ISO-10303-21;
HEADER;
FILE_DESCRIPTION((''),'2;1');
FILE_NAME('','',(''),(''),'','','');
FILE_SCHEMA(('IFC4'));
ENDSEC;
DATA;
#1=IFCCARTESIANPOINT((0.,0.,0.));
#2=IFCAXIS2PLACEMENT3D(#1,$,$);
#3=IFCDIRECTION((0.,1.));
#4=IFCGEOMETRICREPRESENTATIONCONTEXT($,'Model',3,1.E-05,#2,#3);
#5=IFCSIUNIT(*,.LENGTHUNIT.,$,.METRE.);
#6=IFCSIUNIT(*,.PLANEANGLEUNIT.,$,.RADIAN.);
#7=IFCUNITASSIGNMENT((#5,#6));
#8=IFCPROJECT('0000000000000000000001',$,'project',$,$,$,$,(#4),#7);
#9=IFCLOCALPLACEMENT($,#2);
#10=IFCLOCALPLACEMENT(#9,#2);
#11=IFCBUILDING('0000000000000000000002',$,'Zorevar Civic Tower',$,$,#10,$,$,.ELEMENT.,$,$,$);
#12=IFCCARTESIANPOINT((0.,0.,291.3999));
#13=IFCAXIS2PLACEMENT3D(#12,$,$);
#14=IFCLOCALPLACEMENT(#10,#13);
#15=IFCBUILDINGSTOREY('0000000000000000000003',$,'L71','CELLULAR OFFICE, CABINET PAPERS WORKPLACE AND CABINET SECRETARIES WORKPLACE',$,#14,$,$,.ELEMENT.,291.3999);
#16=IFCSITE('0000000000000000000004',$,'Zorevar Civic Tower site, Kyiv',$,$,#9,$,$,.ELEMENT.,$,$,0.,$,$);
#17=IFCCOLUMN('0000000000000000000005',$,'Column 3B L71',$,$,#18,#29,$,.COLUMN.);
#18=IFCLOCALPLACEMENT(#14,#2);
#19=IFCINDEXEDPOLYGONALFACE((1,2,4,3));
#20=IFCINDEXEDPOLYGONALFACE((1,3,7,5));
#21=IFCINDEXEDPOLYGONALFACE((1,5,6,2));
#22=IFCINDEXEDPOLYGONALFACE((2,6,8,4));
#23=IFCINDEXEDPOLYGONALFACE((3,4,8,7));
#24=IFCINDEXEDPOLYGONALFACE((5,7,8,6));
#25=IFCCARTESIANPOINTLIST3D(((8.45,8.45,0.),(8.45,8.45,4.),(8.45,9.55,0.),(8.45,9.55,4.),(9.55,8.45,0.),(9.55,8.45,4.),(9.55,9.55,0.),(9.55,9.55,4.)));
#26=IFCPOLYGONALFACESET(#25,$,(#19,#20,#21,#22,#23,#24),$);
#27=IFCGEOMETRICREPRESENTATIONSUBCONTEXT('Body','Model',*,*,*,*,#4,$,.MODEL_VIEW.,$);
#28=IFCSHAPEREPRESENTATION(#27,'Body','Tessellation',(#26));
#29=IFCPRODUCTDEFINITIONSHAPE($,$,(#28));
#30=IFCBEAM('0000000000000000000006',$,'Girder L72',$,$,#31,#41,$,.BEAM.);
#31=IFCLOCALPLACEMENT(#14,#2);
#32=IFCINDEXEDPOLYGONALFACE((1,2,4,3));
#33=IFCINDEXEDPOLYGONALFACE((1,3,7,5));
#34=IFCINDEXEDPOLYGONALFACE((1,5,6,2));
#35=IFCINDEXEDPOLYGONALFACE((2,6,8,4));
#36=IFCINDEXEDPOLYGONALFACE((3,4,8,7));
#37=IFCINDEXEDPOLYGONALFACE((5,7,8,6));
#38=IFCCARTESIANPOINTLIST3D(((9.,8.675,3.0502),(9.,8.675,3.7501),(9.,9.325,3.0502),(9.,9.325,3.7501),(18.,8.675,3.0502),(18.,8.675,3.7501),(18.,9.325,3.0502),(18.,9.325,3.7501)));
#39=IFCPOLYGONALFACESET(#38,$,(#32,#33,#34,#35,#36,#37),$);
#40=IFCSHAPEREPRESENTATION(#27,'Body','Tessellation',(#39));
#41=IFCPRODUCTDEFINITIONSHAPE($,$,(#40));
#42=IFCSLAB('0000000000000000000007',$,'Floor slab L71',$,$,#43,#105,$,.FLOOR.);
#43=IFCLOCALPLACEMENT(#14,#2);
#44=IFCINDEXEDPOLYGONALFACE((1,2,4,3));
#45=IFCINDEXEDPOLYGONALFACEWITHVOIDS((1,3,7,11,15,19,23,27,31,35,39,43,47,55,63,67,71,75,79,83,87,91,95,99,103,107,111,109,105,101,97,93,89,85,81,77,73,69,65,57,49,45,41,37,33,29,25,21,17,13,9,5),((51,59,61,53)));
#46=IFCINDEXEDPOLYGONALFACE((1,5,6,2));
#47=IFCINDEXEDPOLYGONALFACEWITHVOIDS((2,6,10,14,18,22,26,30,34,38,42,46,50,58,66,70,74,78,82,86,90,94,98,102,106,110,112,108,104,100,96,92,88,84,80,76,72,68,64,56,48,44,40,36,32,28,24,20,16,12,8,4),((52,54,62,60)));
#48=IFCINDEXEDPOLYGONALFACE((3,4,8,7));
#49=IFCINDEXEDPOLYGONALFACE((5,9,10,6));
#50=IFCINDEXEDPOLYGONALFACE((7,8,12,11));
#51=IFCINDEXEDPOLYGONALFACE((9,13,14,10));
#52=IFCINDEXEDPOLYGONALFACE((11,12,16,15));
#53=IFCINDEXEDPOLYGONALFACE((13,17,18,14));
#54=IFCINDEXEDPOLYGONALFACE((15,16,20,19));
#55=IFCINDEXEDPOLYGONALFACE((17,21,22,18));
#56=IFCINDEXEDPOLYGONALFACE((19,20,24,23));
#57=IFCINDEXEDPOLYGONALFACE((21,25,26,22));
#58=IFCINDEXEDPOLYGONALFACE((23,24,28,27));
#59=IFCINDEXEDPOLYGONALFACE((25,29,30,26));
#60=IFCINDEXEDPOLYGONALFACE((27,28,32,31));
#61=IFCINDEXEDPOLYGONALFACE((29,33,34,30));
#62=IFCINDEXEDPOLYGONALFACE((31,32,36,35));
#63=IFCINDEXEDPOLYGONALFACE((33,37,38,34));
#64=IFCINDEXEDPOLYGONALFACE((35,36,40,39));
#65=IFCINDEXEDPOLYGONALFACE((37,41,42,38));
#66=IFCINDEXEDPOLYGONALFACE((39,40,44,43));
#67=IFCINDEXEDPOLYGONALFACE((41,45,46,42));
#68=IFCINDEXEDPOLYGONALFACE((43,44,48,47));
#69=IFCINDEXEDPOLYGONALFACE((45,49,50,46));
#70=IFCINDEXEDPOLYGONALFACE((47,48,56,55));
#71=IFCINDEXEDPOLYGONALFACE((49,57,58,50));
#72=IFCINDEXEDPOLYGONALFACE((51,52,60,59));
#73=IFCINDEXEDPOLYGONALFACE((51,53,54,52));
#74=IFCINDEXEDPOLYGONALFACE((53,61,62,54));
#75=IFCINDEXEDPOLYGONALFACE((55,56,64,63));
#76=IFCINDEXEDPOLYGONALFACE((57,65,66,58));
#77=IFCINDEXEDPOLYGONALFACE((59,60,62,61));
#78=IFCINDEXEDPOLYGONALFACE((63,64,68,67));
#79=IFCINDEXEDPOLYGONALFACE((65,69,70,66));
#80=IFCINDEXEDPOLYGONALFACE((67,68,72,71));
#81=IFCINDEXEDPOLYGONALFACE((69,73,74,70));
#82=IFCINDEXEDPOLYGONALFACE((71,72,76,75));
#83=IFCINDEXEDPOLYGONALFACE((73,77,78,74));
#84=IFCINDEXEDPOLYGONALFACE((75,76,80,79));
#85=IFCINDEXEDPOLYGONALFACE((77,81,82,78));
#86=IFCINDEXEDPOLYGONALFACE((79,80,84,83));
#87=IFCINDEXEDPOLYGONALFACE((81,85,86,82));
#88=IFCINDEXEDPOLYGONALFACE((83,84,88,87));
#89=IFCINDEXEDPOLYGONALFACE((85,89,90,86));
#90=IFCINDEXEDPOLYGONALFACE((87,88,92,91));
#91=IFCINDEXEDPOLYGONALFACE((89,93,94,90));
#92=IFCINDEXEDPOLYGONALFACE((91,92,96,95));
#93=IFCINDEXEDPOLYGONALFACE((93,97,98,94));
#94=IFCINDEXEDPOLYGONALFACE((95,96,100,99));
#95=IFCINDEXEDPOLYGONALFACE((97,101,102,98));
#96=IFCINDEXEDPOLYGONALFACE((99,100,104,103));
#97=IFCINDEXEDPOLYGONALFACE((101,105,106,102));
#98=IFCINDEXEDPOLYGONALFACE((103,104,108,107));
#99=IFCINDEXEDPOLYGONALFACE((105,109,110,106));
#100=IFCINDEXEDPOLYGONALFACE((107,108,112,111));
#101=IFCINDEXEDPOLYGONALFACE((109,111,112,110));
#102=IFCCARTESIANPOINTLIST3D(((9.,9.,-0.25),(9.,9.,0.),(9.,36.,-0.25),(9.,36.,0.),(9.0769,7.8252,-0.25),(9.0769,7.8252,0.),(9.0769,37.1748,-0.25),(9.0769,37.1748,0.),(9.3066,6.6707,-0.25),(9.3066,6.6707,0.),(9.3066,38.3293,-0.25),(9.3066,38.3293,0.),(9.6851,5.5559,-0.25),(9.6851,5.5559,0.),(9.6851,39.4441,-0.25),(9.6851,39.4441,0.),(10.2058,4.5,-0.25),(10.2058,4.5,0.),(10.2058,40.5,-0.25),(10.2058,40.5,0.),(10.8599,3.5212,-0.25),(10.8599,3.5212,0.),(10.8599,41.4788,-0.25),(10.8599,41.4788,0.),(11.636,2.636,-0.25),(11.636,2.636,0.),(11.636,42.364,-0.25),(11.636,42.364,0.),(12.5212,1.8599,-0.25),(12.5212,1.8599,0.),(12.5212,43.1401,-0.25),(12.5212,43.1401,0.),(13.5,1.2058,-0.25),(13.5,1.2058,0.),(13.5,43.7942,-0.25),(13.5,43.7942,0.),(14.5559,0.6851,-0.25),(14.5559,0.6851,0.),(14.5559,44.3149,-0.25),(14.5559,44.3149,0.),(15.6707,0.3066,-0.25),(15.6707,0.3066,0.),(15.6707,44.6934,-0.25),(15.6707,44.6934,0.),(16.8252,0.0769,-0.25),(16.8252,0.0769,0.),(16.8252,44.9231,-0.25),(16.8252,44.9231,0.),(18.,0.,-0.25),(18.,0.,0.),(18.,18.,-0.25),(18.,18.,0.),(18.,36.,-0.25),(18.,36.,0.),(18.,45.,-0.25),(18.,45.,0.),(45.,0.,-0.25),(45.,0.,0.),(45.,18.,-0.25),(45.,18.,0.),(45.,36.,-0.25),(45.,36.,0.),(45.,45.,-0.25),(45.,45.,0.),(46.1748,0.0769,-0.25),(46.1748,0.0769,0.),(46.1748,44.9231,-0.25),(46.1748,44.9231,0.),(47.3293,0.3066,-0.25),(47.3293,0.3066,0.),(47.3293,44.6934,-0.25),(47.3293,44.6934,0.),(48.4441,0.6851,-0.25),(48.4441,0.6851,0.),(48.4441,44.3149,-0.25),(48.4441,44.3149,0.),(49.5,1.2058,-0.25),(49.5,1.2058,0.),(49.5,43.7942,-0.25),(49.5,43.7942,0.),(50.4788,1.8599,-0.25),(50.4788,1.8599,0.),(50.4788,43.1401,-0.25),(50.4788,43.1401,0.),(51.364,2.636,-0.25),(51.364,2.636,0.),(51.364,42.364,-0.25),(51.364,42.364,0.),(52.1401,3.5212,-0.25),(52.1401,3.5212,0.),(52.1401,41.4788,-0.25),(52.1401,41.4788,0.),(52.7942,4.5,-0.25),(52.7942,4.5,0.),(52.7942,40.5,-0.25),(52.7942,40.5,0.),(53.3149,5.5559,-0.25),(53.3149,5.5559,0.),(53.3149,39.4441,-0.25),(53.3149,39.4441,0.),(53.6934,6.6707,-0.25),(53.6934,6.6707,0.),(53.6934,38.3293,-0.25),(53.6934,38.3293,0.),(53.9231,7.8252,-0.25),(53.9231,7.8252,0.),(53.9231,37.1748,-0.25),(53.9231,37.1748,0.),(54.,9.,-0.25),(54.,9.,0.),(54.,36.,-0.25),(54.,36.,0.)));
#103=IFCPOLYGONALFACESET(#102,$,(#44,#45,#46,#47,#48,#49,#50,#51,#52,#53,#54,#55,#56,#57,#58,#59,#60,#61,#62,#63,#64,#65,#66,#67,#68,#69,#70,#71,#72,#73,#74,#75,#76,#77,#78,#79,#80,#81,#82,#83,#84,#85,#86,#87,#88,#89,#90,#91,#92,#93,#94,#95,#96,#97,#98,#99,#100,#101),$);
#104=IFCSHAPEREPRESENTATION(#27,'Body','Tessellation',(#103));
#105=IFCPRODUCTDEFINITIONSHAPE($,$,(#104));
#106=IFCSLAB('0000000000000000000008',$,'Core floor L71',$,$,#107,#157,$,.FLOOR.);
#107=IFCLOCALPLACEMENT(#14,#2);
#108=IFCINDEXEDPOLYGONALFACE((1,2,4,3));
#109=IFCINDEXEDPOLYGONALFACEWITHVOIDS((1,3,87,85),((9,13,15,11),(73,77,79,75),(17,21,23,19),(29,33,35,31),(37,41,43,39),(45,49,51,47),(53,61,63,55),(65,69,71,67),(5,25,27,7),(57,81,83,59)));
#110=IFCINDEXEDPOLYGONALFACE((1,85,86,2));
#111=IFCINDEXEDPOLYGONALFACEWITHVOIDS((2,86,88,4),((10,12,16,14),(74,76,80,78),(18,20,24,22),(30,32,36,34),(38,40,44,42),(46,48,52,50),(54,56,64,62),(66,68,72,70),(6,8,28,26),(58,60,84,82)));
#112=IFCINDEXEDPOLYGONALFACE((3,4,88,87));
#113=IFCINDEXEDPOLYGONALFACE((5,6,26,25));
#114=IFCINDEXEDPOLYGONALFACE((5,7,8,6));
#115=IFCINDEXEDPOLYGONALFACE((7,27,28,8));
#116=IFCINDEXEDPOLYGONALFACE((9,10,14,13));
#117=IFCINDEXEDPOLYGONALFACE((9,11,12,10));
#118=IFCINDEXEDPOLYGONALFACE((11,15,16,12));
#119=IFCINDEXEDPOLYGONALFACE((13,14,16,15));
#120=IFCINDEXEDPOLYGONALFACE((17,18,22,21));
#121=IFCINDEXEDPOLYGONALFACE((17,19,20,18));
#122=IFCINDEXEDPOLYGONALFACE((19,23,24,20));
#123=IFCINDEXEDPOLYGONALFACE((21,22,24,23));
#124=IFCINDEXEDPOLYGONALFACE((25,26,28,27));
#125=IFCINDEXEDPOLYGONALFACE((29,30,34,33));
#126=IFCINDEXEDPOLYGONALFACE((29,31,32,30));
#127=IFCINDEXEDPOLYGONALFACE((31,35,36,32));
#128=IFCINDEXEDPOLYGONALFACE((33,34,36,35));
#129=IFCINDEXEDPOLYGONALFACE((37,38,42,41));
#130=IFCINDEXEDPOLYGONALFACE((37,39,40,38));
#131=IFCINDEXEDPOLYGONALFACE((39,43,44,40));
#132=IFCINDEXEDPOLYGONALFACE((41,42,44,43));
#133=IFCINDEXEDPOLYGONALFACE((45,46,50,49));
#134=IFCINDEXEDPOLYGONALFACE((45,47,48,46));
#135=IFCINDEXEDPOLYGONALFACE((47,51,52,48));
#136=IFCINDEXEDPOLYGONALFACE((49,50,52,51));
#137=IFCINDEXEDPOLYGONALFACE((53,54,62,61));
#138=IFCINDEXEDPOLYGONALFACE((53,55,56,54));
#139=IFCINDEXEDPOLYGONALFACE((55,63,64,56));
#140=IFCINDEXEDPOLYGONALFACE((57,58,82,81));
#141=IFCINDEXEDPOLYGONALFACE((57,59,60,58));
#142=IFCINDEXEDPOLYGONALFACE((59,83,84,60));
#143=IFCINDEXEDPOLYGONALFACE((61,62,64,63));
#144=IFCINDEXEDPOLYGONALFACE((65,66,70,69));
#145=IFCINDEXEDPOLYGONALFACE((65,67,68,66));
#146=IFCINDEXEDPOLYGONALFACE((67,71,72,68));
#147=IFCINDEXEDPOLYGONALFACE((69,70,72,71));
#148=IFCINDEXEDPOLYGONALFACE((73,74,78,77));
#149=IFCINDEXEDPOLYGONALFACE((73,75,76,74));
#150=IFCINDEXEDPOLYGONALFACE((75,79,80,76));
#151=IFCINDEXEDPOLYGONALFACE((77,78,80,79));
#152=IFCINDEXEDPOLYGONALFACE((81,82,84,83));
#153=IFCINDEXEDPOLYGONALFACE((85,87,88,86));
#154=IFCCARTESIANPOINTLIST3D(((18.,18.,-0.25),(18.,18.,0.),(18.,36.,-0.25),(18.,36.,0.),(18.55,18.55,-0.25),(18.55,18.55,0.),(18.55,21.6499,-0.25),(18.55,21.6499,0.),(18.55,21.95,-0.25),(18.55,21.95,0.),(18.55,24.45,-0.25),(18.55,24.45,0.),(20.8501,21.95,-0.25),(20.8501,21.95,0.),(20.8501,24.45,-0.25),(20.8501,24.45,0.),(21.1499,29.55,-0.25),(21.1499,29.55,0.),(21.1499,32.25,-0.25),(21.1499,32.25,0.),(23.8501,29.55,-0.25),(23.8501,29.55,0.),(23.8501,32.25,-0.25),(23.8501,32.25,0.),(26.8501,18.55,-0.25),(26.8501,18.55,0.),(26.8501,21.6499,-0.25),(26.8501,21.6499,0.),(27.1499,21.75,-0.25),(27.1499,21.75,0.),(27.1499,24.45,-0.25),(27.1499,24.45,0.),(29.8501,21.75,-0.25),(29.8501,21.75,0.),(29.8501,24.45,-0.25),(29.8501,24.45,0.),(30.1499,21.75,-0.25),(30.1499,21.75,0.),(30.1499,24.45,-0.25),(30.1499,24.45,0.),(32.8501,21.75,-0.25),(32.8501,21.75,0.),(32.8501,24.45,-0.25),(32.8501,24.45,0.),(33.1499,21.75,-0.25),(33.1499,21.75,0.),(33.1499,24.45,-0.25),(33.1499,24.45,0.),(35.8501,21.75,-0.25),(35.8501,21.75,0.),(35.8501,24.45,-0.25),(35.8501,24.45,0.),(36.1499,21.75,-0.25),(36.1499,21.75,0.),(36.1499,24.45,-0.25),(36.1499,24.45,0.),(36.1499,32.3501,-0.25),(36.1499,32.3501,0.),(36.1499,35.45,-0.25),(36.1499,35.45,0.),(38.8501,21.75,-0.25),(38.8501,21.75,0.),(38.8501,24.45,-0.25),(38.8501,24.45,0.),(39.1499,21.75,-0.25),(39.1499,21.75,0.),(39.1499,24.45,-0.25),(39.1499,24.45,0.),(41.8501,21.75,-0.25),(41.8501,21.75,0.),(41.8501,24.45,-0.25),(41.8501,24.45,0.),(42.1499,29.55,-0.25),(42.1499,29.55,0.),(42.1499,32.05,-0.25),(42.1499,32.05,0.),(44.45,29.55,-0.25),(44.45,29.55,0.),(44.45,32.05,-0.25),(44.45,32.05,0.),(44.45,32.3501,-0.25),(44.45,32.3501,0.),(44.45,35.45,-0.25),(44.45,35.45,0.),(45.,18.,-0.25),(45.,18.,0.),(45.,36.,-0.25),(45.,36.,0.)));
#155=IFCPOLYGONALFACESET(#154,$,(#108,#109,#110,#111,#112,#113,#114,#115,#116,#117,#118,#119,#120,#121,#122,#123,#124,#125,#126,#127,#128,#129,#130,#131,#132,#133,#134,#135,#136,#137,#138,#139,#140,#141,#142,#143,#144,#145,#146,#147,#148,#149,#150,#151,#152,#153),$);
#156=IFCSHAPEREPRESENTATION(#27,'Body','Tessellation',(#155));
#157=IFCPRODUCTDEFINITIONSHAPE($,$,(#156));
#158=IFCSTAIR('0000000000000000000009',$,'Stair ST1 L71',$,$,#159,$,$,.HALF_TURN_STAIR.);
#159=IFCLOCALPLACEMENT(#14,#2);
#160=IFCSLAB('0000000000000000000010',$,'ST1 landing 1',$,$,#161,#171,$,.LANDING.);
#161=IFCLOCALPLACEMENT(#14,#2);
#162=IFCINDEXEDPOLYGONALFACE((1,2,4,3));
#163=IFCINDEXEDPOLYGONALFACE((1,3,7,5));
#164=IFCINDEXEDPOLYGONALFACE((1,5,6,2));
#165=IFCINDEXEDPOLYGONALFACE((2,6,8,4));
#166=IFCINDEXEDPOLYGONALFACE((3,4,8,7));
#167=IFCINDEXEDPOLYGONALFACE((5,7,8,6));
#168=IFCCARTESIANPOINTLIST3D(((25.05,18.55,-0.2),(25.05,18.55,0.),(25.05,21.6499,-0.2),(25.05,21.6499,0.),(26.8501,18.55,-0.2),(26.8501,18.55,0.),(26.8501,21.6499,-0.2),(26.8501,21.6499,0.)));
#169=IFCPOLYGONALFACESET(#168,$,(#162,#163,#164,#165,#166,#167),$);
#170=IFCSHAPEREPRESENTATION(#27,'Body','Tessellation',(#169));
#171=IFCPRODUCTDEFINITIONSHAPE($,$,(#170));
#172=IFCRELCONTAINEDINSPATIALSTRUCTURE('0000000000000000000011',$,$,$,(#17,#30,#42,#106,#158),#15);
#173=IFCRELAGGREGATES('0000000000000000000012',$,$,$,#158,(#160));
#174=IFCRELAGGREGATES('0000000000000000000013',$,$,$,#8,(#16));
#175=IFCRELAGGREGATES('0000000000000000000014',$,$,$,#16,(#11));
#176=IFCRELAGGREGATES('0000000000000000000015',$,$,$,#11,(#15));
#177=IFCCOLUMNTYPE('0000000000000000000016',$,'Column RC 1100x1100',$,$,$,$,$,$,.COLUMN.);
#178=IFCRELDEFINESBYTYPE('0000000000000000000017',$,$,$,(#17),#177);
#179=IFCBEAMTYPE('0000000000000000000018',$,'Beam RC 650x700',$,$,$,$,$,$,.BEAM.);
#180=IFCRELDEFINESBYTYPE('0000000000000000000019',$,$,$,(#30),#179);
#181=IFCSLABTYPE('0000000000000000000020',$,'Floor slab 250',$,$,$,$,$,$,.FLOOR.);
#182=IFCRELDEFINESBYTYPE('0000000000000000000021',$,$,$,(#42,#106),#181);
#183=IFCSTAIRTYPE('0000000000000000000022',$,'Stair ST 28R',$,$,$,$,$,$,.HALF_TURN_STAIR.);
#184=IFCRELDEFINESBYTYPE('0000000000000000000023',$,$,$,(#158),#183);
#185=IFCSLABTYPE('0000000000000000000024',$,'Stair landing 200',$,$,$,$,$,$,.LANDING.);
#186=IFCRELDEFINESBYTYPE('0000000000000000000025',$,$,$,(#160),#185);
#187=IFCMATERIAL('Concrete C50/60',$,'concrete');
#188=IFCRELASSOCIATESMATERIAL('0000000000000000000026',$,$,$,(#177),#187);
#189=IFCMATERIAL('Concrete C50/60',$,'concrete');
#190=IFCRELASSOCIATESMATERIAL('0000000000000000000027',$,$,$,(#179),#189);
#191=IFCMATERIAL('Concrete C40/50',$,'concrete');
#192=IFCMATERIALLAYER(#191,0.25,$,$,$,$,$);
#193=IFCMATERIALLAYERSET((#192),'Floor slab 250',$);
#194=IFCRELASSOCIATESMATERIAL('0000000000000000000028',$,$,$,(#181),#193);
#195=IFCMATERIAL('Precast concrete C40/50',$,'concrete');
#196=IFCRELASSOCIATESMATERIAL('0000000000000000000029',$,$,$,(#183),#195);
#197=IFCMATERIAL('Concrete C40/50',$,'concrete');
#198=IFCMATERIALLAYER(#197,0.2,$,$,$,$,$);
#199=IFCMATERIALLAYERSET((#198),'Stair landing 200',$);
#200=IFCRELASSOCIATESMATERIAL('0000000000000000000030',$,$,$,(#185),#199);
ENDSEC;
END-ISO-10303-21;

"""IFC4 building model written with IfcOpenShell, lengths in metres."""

from ifc_helpers import new_model, si_unit, direction, frame, origin, origin_2d, place, context, subcontext, project, spatial, polyline, rectangle, outline, extrude, material, layer, layer_set, material_profile, profile_set, type_object, element, aggregate, save


model = new_model("IFC4")

# Units and contexts
model_context = context("Model", 3, precision=1e-05, world=origin(), true_north=direction((0.0, 1.0)))
body_context = subcontext(model_context, "Body", "Model", "MODEL_VIEW")
ifc_project = project(units=[si_unit("LENGTHUNIT", "METRE"), si_unit("PLANEANGLEUNIT", "RADIAN")], contexts=[model_context])

# Site, building, storey
site_placement = place(None, origin())
site = spatial("IfcSite", under=ifc_project, at=site_placement, Name="Zorevar Civic Tower site, Kyiv", CompositionType="ELEMENT", RefElevation=0.0)
building_placement = place(site_placement, origin())
building = spatial("IfcBuilding", under=site, at=building_placement, Name="Zorevar Civic Tower", CompositionType="ELEMENT")
storey_placement = place(building_placement, frame((0.0, 0.0, 291.3999)))
storey = spatial("IfcBuildingStorey", under=building, at=storey_placement, Name="L71", Description="CELLULAR OFFICE, CABINET PAPERS WORKPLACE AND CABINET SECRETARIES WORKPLACE", CompositionType="ELEMENT", Elevation=291.3999)

# Column
ifc_material_1 = material(Name="Concrete C50/60", Category="concrete")
ifc_material_profile_1 = material_profile(ifc_material_1, rectangle(XDim=1.1001, YDim=1.1001, at=origin_2d()), Name="RC 1100x1100")
ifc_profile_set_1 = profile_set([ifc_material_profile_1], Name="Concrete C50/60")
column_type = type_object("IfcColumnType", Name="Column RC 1100x1100", PredefinedType="COLUMN", material=ifc_profile_set_1)
column_placement = place(storey_placement, frame((9.0, 9.0, 0.0), z_axis=(0.0, 0.0, 1.0), x_axis=(1.0, 0.0, 0.0)))
element("IfcColumn", 1, at=column_placement, inside=storey, type_object=column_type, Name="Column 3B L71", PredefinedType="COLUMN", context=body_context, shape_type="SweptSolid", body=[
    extrude(rectangle(XDim=1.1001, YDim=1.1001, at=origin_2d()), origin(), (0.0, 0.0, 1.0), 4.0),
])

# Beam
ifc_material_2 = material(Name="Concrete C50/60", Category="concrete")
ifc_material_profile_2 = material_profile(ifc_material_2, rectangle(XDim=0.6499, YDim=0.7, at=origin_2d()), Name="RC 650x700")
ifc_profile_set_2 = profile_set([ifc_material_profile_2], Name="Concrete C50/60")
beam_type = type_object("IfcBeamType", Name="Beam RC 650x700", PredefinedType="BEAM", material=ifc_profile_set_2)
beam_placement = place(storey_placement, frame((9.0, 9.0, 3.4001), z_axis=(1.0, 0.0, 0.0), x_axis=(0.0, 1.0, 0.0)))
element("IfcBeam", 2, at=beam_placement, inside=storey, type_object=beam_type, Name="Girder L72", PredefinedType="BEAM", context=body_context, shape_type="SweptSolid", body=[
    extrude(rectangle(XDim=0.6499, YDim=0.7, at=origin_2d()), origin(), (0.0, 0.0, 1.0), 9.0),
])

# Slabs
ifc_material_3 = material(Name="Concrete C40/50", Category="concrete")
ifc_layer_1 = layer(ifc_material_3, 0.25)
ifc_layer_set_1 = layer_set([ifc_layer_1], Name="Floor slab 250")
slab_type_1 = type_object("IfcSlabType", Name="Floor slab 250", PredefinedType="FLOOR", material=ifc_layer_set_1)
slab_1_placement = place(storey_placement, frame((0.0, 0.0, -0.25)))
element("IfcSlab", 3, at=slab_1_placement, inside=storey, type_object=slab_type_1, Name="Floor slab L71", PredefinedType="FLOOR", context=body_context, shape_type="SweptSolid", body=[
    extrude(outline(polyline([(45.0, 0.0), (46.1748, 0.0769), (47.3293, 0.3066), (48.4441, 0.6851), (49.5, 1.2058), (50.4788, 1.8599), (51.364, 2.636), (52.1401, 3.5212), (52.7942, 4.5), (53.3149, 5.5559), (53.6934, 6.6707), (53.9231, 7.8252), (54.0, 9.0), (54.0, 36.0), (53.9231, 37.1748), (53.6934, 38.3293), (53.3149, 39.4441), (52.7942, 40.5), (52.1401, 41.4788), (51.364, 42.364), (50.4788, 43.1401), (49.5, 43.7942), (48.4441, 44.3149), (47.3293, 44.6934), (46.1748, 44.9231), (45.0, 45.0), (18.0, 45.0), (16.8252, 44.9231), (15.6707, 44.6934), (14.5559, 44.3149), (13.5, 43.7942), (12.5212, 43.1401), (11.636, 42.364), (10.8599, 41.4788), (10.2058, 40.5), (9.6851, 39.4441), (9.3066, 38.3293), (9.0769, 37.1748), (9.0, 36.0), (9.0, 9.0), (9.0769, 7.8252), (9.3066, 6.6707), (9.6851, 5.5559), (10.2058, 4.5), (10.8599, 3.5212), (11.636, 2.636), (12.5212, 1.8599), (13.5, 1.2058), (14.5559, 0.6851), (15.6707, 0.3066), (16.8252, 0.0769), (18.0, 0.0), (45.0, 0.0)]), holes=[polyline([(18.0, 18.0), (45.0, 18.0), (45.0, 36.0), (18.0, 36.0), (18.0, 18.0)])]), origin(), (0.0, 0.0, 1.0), 0.25),
])
slab_2_placement = place(storey_placement, frame((0.0, 0.0, -0.25)))
element("IfcSlab", 4, at=slab_2_placement, inside=storey, type_object=slab_type_1, Name="Core floor L71", PredefinedType="FLOOR", context=body_context, shape_type="SweptSolid", body=[
    extrude(outline(polyline([(18.0, 18.0), (45.0, 18.0), (45.0, 36.0), (18.0, 36.0), (18.0, 18.0)]), holes=[polyline([(18.55, 18.55), (26.8501, 18.55), (26.8501, 21.6499), (18.55, 21.6499), (18.55, 18.55)]), polyline([(36.1499, 32.3501), (44.45, 32.3501), (44.45, 35.45), (36.1499, 35.45), (36.1499, 32.3501)]), polyline([(18.55, 21.95), (20.8501, 21.95), (20.8501, 24.45), (18.55, 24.45), (18.55, 21.95)]), polyline([(42.1499, 29.55), (44.45, 29.55), (44.45, 32.05), (42.1499, 32.05), (42.1499, 29.55)]), polyline([(27.1499, 21.75), (29.8501, 21.75), (29.8501, 24.45), (27.1499, 24.45), (27.1499, 21.75)]), polyline([(30.1499, 21.75), (32.8501, 21.75), (32.8501, 24.45), (30.1499, 24.45), (30.1499, 21.75)]), polyline([(33.1499, 21.75), (35.8501, 21.75), (35.8501, 24.45), (33.1499, 24.45), (33.1499, 21.75)]), polyline([(36.1499, 21.75), (38.8501, 21.75), (38.8501, 24.45), (36.1499, 24.45), (36.1499, 21.75)]), polyline([(39.1499, 21.75), (41.8501, 21.75), (41.8501, 24.45), (39.1499, 24.45), (39.1499, 21.75)]), polyline([(21.1499, 29.55), (23.8501, 29.55), (23.8501, 32.25), (21.1499, 32.25), (21.1499, 29.55)])]), origin(), (0.0, 0.0, 1.0), 0.25),
])

# Stair, slab
ifc_material_4 = material(Name="Precast concrete C40/50", Category="concrete")
stair_type = type_object("IfcStairType", Name="Stair ST 28R", PredefinedType="HALF_TURN_STAIR", material=ifc_material_4)
stair_1_placement = place(storey_placement, origin())
stair_1 = element("IfcStair", 5, at=stair_1_placement, inside=storey, type_object=stair_type, Name="Stair ST1 L71", PredefinedType="HALF_TURN_STAIR")
ifc_material_5 = material(Name="Concrete C40/50", Category="concrete")
ifc_layer_2 = layer(ifc_material_5, 0.2)
ifc_layer_set_2 = layer_set([ifc_layer_2], Name="Stair landing 200")
slab_type_2 = type_object("IfcSlabType", Name="Stair landing 200", PredefinedType="LANDING", material=ifc_layer_set_2)
slab_3_placement = place(storey_placement, frame((0.0, 0.0, -0.2)))
slab_3 = element("IfcSlab", 6, at=slab_3_placement, type_object=slab_type_2, Name="ST1 landing 1", PredefinedType="LANDING", context=body_context, shape_type="SweptSolid", body=[
    extrude(outline(polyline([(25.05, 18.55), (26.8501, 18.55), (26.8501, 21.6499), (25.05, 21.6499), (25.05, 18.55)])), origin(), (0.0, 0.0, 1.0), 0.2),
])
aggregate(stair_1, [slab_3])

save(model, "model.ifc")
